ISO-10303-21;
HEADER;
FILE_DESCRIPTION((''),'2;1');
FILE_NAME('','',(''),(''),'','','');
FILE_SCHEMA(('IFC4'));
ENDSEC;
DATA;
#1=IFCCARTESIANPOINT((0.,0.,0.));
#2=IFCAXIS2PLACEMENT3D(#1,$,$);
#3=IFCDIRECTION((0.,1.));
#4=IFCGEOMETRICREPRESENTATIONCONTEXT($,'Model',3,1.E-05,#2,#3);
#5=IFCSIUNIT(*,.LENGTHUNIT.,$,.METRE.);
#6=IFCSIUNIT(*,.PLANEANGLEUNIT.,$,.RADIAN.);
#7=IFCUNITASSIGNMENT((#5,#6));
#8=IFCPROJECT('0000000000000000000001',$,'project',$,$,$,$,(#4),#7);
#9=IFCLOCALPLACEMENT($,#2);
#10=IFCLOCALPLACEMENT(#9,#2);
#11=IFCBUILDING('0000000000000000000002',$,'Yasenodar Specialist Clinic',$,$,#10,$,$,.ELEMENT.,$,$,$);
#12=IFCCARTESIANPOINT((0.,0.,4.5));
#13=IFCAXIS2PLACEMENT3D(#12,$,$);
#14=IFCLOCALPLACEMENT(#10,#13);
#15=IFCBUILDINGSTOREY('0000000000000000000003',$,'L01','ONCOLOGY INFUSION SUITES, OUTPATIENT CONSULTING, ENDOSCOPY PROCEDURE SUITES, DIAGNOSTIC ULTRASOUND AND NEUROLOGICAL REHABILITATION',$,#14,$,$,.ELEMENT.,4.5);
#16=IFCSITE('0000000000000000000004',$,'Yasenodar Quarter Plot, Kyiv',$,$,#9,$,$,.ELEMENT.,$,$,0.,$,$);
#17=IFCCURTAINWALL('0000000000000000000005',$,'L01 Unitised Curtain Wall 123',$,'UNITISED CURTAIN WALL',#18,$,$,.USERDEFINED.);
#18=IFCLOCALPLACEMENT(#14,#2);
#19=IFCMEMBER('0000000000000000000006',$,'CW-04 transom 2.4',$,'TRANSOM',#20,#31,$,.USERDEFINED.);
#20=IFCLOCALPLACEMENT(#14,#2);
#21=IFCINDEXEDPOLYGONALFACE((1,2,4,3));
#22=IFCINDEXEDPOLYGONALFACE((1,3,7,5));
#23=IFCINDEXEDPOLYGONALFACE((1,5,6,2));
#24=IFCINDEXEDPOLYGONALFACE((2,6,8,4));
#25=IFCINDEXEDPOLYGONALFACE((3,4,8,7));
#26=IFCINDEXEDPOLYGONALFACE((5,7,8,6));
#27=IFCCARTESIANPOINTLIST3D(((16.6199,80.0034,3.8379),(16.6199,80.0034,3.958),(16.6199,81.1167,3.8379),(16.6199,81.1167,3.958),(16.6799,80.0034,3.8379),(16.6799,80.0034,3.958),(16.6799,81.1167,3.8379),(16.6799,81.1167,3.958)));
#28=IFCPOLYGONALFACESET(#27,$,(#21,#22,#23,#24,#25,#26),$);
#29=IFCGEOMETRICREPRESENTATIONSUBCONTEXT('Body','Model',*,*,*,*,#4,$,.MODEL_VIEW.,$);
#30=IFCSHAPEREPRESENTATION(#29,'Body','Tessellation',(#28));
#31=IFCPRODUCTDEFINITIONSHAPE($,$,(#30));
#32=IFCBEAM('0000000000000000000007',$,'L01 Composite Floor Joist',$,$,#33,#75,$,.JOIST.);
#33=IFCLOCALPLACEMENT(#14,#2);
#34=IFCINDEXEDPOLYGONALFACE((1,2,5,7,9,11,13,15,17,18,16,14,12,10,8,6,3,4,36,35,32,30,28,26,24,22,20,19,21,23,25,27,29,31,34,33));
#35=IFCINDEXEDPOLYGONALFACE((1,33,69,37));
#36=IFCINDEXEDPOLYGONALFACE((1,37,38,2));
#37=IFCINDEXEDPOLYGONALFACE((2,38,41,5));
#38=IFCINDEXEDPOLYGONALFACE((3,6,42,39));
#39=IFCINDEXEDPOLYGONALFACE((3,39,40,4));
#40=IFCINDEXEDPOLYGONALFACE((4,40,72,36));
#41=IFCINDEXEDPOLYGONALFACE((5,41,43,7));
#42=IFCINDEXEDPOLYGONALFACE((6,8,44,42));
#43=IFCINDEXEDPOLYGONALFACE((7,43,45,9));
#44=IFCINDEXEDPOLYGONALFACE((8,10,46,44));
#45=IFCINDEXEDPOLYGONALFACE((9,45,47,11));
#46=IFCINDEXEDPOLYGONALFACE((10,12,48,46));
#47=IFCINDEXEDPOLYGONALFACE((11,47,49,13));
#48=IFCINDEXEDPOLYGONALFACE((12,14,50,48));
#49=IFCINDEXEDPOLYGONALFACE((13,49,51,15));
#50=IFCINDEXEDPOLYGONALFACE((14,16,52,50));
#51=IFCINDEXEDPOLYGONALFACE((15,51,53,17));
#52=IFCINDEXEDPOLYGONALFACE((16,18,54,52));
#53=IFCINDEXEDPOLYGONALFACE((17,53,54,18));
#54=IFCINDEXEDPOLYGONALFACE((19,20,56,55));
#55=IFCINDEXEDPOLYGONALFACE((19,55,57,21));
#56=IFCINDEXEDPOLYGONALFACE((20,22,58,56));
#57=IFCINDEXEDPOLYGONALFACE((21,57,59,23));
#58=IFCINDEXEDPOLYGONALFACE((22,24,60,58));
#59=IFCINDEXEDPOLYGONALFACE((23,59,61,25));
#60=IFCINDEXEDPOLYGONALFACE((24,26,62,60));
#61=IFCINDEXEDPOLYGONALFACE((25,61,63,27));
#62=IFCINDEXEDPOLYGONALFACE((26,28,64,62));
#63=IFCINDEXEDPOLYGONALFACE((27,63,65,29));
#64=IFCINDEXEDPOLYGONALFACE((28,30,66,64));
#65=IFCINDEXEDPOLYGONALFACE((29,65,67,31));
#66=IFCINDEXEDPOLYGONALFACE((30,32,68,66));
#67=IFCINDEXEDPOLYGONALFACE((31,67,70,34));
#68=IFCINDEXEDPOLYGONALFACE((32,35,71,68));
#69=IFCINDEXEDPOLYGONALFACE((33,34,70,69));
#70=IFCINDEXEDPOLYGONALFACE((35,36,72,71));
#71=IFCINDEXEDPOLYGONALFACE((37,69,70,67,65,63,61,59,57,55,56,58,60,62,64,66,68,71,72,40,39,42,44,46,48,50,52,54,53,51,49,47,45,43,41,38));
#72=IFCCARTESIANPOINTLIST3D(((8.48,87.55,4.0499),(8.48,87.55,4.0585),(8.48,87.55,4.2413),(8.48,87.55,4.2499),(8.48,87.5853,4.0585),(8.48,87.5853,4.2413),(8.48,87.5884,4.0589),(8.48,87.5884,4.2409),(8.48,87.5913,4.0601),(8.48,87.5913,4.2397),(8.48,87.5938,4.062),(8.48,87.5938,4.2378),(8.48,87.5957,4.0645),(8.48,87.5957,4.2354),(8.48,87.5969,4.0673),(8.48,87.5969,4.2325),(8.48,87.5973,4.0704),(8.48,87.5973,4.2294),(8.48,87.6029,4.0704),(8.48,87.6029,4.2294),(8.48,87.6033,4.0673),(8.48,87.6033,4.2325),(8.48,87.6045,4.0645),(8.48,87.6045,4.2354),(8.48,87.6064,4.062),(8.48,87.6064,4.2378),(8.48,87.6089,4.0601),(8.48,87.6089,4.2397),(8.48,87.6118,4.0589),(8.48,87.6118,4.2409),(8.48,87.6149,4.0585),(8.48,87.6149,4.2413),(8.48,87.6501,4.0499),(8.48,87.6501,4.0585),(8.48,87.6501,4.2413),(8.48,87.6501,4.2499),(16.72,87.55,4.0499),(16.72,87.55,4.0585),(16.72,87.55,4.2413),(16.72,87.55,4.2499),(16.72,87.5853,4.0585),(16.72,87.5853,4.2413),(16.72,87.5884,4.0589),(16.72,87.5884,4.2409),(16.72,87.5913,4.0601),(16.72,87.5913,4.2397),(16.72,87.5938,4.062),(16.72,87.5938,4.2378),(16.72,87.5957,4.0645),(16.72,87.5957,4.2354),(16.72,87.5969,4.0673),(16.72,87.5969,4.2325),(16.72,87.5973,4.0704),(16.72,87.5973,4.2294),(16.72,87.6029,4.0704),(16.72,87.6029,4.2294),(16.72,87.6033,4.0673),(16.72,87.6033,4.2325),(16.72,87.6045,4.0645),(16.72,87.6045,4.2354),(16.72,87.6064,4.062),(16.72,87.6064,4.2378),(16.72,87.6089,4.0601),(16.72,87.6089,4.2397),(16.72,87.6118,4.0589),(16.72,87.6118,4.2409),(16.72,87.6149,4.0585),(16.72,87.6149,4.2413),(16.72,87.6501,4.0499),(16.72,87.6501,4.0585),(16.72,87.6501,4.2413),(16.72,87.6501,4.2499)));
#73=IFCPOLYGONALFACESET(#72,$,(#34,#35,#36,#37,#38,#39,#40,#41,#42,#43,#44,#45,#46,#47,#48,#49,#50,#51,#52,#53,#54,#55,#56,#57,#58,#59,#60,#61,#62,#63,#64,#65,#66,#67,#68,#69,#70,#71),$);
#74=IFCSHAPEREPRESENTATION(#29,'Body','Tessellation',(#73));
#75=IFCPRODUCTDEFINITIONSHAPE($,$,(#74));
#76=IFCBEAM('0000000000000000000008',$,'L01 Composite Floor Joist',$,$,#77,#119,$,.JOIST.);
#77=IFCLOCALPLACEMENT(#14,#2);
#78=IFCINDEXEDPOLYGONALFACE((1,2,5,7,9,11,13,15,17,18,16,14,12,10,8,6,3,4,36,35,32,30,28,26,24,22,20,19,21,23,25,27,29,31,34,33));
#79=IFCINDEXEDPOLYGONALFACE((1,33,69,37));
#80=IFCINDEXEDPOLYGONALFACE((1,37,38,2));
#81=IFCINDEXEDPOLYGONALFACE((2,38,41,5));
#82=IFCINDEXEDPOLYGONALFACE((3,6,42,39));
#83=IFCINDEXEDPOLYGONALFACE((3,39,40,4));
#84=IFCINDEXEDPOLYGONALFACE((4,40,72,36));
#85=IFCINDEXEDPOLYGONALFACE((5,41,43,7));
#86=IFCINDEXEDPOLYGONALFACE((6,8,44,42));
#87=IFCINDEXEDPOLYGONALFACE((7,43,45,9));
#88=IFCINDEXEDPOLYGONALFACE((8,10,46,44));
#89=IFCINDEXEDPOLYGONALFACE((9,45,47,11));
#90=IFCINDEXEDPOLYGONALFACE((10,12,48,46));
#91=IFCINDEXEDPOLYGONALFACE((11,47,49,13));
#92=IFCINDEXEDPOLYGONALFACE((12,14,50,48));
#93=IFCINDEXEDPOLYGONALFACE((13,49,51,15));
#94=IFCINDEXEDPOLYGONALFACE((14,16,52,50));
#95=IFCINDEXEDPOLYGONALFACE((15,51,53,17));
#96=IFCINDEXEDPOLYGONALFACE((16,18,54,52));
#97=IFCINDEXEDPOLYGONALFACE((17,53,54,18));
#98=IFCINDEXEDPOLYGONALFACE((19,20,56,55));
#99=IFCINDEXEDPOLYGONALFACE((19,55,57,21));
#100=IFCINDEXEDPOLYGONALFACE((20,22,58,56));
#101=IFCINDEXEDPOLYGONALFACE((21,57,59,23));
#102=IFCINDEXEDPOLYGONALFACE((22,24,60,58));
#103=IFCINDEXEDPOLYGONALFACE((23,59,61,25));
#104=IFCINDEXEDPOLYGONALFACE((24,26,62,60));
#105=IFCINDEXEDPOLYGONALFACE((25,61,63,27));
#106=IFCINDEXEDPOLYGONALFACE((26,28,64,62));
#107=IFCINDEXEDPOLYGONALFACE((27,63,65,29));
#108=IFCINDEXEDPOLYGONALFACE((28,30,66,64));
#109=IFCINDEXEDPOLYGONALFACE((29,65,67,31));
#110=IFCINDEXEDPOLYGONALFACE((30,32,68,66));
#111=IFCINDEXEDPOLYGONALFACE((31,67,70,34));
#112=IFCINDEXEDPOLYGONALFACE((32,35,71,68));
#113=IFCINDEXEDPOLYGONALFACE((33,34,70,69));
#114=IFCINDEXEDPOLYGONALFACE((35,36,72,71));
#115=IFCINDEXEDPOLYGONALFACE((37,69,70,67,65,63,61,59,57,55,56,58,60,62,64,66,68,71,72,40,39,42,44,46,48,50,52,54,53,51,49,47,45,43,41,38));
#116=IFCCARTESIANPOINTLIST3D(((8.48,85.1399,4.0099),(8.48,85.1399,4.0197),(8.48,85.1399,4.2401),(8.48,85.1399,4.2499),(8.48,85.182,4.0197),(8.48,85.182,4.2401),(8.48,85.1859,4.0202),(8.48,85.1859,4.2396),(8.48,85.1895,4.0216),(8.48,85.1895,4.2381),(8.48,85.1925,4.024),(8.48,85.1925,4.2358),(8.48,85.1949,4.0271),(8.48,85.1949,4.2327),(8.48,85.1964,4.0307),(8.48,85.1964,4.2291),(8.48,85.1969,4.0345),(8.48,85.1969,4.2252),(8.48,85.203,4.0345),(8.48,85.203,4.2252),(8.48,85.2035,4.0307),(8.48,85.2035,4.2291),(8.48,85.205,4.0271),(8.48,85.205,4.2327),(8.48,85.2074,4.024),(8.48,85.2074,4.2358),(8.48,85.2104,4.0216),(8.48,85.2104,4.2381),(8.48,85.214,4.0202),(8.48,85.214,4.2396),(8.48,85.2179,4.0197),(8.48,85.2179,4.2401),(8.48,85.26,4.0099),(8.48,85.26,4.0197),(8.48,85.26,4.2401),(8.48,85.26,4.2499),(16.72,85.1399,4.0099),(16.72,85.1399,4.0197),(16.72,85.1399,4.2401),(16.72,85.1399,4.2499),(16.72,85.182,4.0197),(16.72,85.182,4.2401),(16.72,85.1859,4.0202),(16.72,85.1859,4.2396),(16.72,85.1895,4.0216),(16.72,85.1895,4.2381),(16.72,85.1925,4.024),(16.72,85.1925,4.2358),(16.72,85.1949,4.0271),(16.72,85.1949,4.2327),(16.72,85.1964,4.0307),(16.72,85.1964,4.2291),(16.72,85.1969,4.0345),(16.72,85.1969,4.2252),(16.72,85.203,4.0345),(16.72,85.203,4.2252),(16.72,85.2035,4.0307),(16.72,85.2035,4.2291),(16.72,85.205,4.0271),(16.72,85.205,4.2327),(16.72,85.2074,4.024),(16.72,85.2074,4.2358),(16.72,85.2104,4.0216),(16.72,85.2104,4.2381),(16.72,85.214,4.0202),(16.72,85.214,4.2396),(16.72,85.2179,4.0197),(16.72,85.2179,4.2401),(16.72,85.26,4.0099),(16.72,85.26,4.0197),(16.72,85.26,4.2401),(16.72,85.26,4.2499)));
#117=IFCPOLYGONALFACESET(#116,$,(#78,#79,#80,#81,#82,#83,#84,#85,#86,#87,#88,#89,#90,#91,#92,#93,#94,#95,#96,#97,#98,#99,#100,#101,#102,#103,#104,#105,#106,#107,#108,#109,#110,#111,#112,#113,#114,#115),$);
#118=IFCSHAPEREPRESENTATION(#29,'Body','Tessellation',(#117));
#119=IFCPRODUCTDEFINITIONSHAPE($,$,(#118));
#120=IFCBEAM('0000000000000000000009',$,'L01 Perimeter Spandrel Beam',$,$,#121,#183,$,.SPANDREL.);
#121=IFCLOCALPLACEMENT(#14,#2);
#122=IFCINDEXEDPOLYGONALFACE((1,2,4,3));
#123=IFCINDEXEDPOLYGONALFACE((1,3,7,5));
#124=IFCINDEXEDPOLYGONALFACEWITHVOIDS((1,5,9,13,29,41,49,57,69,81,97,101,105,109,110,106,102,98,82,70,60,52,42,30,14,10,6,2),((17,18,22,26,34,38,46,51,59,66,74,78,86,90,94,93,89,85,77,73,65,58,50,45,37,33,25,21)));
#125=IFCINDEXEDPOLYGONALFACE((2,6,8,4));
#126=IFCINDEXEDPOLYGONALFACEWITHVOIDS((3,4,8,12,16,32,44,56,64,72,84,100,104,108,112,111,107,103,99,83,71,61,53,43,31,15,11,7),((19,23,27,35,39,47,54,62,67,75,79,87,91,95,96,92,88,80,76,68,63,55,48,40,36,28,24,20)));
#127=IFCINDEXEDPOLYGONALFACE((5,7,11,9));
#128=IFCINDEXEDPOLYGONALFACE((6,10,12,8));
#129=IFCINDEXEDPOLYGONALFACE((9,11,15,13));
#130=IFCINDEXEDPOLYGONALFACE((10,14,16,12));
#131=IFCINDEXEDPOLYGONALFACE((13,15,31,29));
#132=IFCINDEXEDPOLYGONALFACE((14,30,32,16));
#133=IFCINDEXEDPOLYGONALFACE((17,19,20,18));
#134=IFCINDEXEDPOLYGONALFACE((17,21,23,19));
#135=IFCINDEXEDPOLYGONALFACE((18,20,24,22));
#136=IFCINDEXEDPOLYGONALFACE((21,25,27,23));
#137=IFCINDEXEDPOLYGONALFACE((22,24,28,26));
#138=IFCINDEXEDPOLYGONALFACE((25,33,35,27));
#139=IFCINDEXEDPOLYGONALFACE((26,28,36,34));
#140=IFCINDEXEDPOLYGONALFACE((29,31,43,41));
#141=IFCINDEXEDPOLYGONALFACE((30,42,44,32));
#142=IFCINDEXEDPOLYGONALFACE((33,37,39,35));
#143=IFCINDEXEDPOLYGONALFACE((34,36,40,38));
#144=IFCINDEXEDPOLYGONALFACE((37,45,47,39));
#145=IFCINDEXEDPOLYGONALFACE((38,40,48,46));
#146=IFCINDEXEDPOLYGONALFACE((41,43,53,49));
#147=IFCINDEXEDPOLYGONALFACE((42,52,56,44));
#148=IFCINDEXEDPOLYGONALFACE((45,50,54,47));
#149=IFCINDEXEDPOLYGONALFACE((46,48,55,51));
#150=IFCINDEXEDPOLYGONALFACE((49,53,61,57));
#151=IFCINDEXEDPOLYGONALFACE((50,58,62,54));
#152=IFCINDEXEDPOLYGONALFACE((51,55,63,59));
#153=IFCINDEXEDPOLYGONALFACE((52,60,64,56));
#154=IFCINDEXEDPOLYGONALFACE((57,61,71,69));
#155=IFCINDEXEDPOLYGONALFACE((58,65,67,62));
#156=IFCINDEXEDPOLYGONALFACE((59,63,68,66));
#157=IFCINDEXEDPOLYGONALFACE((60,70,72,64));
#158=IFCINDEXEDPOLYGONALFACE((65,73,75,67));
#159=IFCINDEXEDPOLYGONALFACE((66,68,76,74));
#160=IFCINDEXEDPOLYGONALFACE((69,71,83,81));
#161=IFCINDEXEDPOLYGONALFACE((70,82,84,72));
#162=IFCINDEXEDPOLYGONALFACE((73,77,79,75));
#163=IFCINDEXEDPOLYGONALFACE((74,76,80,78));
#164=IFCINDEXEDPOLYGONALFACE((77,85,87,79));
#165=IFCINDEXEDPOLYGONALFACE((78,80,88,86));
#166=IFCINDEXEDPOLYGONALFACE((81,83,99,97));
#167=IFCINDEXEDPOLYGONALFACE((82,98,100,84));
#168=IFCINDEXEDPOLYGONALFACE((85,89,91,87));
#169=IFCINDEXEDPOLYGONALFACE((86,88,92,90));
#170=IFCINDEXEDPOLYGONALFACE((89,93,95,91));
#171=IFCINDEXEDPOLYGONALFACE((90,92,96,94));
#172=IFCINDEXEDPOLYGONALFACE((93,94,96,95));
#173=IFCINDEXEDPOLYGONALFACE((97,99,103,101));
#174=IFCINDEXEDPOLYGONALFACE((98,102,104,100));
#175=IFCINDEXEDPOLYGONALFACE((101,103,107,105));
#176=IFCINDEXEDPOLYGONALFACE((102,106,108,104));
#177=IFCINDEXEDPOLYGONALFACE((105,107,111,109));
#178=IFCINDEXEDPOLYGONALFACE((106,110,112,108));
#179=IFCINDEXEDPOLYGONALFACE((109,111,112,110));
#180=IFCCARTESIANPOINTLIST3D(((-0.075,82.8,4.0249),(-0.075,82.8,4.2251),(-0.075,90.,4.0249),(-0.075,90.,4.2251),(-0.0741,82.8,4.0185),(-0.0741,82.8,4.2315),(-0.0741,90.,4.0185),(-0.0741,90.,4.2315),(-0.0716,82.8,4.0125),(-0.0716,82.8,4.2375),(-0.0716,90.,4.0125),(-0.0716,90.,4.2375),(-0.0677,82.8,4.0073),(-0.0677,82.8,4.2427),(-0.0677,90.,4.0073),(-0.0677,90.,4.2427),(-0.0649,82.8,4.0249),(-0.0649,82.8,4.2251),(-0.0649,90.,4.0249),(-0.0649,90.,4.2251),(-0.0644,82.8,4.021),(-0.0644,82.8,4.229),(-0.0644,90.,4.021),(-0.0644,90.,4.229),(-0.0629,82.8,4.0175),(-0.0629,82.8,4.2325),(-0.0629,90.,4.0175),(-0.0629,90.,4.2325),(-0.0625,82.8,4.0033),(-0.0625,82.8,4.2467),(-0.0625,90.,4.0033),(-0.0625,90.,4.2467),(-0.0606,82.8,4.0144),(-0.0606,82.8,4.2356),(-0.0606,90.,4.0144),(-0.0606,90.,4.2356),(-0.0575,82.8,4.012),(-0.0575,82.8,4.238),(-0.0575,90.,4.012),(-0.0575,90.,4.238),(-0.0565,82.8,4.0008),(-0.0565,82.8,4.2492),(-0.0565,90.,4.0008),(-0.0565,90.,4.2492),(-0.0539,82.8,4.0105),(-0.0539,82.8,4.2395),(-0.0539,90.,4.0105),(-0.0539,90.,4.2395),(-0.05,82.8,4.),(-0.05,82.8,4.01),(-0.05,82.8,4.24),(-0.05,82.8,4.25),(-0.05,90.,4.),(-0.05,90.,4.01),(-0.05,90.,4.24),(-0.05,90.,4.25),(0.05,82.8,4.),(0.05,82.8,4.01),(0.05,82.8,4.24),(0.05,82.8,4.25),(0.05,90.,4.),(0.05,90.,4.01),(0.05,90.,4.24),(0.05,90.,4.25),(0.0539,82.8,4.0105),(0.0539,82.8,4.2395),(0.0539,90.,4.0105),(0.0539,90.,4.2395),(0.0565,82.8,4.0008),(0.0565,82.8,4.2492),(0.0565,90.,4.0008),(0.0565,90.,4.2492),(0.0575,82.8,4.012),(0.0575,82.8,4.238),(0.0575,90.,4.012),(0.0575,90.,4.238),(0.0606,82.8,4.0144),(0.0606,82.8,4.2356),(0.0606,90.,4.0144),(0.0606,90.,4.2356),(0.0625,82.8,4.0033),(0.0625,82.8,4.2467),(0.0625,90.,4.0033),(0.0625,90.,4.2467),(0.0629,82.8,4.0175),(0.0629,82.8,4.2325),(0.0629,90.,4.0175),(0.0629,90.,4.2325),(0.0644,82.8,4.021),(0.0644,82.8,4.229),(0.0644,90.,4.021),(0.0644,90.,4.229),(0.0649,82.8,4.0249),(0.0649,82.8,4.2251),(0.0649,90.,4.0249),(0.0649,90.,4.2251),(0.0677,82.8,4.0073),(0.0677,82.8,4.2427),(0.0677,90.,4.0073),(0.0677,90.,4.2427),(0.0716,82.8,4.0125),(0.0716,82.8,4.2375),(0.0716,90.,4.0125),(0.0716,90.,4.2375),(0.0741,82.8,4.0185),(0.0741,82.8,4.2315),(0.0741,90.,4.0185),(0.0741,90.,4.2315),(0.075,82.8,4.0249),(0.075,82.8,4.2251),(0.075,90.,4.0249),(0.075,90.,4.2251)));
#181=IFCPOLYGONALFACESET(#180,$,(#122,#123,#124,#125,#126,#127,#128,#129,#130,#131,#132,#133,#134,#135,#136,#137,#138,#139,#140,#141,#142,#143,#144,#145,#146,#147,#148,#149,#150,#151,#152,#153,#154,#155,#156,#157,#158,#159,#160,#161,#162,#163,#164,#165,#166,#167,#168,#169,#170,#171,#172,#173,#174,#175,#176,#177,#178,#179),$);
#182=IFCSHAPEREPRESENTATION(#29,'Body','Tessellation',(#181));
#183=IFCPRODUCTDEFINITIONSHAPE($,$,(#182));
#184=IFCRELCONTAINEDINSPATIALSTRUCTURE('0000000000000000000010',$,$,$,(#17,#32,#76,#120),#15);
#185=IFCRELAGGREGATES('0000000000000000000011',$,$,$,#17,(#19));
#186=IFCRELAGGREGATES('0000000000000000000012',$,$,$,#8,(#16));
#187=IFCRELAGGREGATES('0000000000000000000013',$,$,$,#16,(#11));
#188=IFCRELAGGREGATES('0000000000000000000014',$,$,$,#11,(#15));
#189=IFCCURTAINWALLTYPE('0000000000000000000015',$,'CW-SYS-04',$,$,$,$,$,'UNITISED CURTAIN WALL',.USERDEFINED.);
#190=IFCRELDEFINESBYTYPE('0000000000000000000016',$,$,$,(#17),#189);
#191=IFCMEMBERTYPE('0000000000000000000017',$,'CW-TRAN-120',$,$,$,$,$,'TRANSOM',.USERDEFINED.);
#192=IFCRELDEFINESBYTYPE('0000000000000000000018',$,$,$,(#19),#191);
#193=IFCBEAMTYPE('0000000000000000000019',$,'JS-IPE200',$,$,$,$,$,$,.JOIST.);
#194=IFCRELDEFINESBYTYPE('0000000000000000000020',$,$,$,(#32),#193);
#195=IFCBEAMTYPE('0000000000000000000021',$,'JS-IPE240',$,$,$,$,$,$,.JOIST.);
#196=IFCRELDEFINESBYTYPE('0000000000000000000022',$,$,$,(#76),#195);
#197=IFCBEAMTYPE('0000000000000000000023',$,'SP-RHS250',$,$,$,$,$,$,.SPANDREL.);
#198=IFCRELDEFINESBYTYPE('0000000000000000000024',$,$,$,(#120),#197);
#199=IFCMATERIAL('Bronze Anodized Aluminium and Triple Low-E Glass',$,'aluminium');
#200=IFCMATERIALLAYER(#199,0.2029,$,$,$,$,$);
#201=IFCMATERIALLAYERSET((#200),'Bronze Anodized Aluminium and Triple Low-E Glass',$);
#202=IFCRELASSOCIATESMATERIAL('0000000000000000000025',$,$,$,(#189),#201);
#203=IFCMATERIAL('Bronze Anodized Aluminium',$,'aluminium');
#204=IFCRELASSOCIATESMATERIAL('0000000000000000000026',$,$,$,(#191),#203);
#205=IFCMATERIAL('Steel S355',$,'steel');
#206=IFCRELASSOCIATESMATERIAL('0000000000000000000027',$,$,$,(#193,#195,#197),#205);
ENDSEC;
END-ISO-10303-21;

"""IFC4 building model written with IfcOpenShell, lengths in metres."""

from ifc_helpers import new_model, si_unit, direction, frame, origin, origin_2d, place, context, subcontext, project, spatial, rectangle, hollow_rectangle, i_section, extrude, material, layer, layer_set, material_profile, profile_set, type_object, element, aggregate, save


model = new_model("IFC4")

# Units and contexts
model_context = context("Model", 3, precision=1e-05, world=origin(), true_north=direction((0.0, 1.0)))
body_context = subcontext(model_context, "Body", "Model", "MODEL_VIEW")
ifc_project = project(units=[si_unit("LENGTHUNIT", "METRE"), si_unit("PLANEANGLEUNIT", "RADIAN")], contexts=[model_context])

# Site, building, storey
site_placement = place(None, origin())
site = spatial("IfcSite", under=ifc_project, at=site_placement, Name="Yasenodar Quarter Plot, Kyiv", CompositionType="ELEMENT", RefElevation=0.0)
building_placement = place(site_placement, origin())
building = spatial("IfcBuilding", under=site, at=building_placement, Name="Yasenodar Specialist Clinic", CompositionType="ELEMENT")
storey_placement = place(building_placement, frame((0.0, 0.0, 4.5)))
storey = spatial("IfcBuildingStorey", under=building, at=storey_placement, Name="L01", Description="ONCOLOGY INFUSION SUITES, OUTPATIENT CONSULTING, ENDOSCOPY PROCEDURE SUITES, DIAGNOSTIC ULTRASOUND AND NEUROLOGICAL REHABILITATION", CompositionType="ELEMENT", Elevation=4.5)

# Shared definitions
ifc_material_1 = material(Name="Steel S355", Category="steel")

# Curtain wall, member
ifc_material_2 = material(Name="Bronze Anodized Aluminium and Triple Low-E Glass", Category="aluminium")
ifc_layer_1 = layer(ifc_material_2, 0.2029)
ifc_layer_set_1 = layer_set([ifc_layer_1], Name="Bronze Anodized Aluminium and Triple Low-E Glass")
curtain_wall_type = type_object("IfcCurtainWallType", Name="CW-SYS-04", ElementType="UNITISED CURTAIN WALL", PredefinedType="USERDEFINED", material=ifc_layer_set_1)
curtain_wall_placement = place(storey_placement, origin())
curtain_wall = element("IfcCurtainWall", 1, at=curtain_wall_placement, inside=storey, type_object=curtain_wall_type, Name="L01 Unitised Curtain Wall 123", ObjectType="UNITISED CURTAIN WALL", PredefinedType="USERDEFINED")
ifc_material_3 = material(Name="Bronze Anodized Aluminium", Category="aluminium")
ifc_material_profile_1 = material_profile(ifc_material_3, rectangle(XDim=0.0601, YDim=0.1201, at=origin_2d()), Name="CW-TRAN 60x120")
ifc_profile_set_1 = profile_set([ifc_material_profile_1], Name="Bronze Anodized Aluminium")
member_type_1 = type_object("IfcMemberType", Name="CW-TRAN-120", ElementType="TRANSOM", PredefinedType="USERDEFINED", material=ifc_profile_set_1)
member_1_placement = place(storey_placement, frame((16.6499, 81.1167, 3.8979), z_axis=(0.0, -1.0, 0.0), x_axis=(1.0, 0.0, 0.0)))
member_1 = element("IfcMember", 2, at=member_1_placement, type_object=member_type_1, Name="CW-04 transom 2.4", ObjectType="TRANSOM", PredefinedType="USERDEFINED", context=body_context, shape_type="SweptSolid", body=[
    extrude(rectangle(XDim=0.0601, YDim=0.1201, at=origin_2d()), origin(), (0.0, 0.0, 1.0), 1.1133),
])

# Beams
ifc_material_profile_2 = material_profile(ifc_material_1, i_section(OverallWidth=0.1001, OverallDepth=0.2, WebThickness=0.0056, FlangeThickness=0.0085, FilletRadius=0.012, at=origin_2d()), Name="IPE 200")
ifc_profile_set_2 = profile_set([ifc_material_profile_2], Name="Steel S355")
beam_type_1 = type_object("IfcBeamType", Name="JS-IPE200", PredefinedType="JOIST", material=ifc_profile_set_2)
beam_1_placement = place(storey_placement, frame((8.48, 87.6001, 4.1499), z_axis=(1.0, 0.0, 0.0), x_axis=(0.0, 1.0, 0.0)))
element("IfcBeam", 3, at=beam_1_placement, inside=storey, type_object=beam_type_1, Name="L01 Composite Floor Joist", PredefinedType="JOIST", context=body_context, shape_type="SweptSolid", body=[
    extrude(i_section(OverallWidth=0.1001, OverallDepth=0.2, WebThickness=0.0056, FlangeThickness=0.0085, FilletRadius=0.012, at=origin_2d()), origin(), (0.0, 0.0, 1.0), 8.24),
])
ifc_material_profile_3 = material_profile(ifc_material_1, i_section(OverallWidth=0.1201, OverallDepth=0.24, WebThickness=0.0061, FlangeThickness=0.0098, FilletRadius=0.0149, at=origin_2d()), Name="IPE 240")
ifc_profile_set_3 = profile_set([ifc_material_profile_3], Name="Steel S355")
beam_type_2 = type_object("IfcBeamType", Name="JS-IPE240", PredefinedType="JOIST", material=ifc_profile_set_3)
beam_2_placement = place(storey_placement, frame((8.48, 85.2, 4.1299), z_axis=(1.0, 0.0, 0.0), x_axis=(0.0, 1.0, 0.0)))
element("IfcBeam", 4, at=beam_2_placement, inside=storey, type_object=beam_type_2, Name="L01 Composite Floor Joist", PredefinedType="JOIST", context=body_context, shape_type="SweptSolid", body=[
    extrude(i_section(OverallWidth=0.1201, OverallDepth=0.24, WebThickness=0.0061, FlangeThickness=0.0098, FilletRadius=0.0149, at=origin_2d()), origin(), (0.0, 0.0, 1.0), 8.24),
])
ifc_material_profile_4 = material_profile(ifc_material_1, hollow_rectangle(XDim=0.1499, YDim=0.25, WallThickness=0.01, InnerFilletRadius=0.0149, OuterFilletRadius=0.0249, at=origin_2d()), Name="RHS 250x150x10")
ifc_profile_set_4 = profile_set([ifc_material_profile_4], Name="Steel S355")
beam_type_3 = type_object("IfcBeamType", Name="SP-RHS250", PredefinedType="SPANDREL", material=ifc_profile_set_4)
beam_3_placement = place(storey_placement, frame((0.0, 82.8, 4.125), z_axis=(0.0, 1.0, 0.0), x_axis=(-1.0, 0.0, 0.0)))
element("IfcBeam", 5, at=beam_3_placement, inside=storey, type_object=beam_type_3, Name="L01 Perimeter Spandrel Beam", PredefinedType="SPANDREL", context=body_context, shape_type="SweptSolid", body=[
    extrude(hollow_rectangle(XDim=0.1499, YDim=0.25, WallThickness=0.01, InnerFilletRadius=0.0149, OuterFilletRadius=0.0249, at=origin_2d()), origin(), (0.0, 0.0, 1.0), 7.2),
])

aggregate(curtain_wall, [member_1])

save(model, "model.ifc")
